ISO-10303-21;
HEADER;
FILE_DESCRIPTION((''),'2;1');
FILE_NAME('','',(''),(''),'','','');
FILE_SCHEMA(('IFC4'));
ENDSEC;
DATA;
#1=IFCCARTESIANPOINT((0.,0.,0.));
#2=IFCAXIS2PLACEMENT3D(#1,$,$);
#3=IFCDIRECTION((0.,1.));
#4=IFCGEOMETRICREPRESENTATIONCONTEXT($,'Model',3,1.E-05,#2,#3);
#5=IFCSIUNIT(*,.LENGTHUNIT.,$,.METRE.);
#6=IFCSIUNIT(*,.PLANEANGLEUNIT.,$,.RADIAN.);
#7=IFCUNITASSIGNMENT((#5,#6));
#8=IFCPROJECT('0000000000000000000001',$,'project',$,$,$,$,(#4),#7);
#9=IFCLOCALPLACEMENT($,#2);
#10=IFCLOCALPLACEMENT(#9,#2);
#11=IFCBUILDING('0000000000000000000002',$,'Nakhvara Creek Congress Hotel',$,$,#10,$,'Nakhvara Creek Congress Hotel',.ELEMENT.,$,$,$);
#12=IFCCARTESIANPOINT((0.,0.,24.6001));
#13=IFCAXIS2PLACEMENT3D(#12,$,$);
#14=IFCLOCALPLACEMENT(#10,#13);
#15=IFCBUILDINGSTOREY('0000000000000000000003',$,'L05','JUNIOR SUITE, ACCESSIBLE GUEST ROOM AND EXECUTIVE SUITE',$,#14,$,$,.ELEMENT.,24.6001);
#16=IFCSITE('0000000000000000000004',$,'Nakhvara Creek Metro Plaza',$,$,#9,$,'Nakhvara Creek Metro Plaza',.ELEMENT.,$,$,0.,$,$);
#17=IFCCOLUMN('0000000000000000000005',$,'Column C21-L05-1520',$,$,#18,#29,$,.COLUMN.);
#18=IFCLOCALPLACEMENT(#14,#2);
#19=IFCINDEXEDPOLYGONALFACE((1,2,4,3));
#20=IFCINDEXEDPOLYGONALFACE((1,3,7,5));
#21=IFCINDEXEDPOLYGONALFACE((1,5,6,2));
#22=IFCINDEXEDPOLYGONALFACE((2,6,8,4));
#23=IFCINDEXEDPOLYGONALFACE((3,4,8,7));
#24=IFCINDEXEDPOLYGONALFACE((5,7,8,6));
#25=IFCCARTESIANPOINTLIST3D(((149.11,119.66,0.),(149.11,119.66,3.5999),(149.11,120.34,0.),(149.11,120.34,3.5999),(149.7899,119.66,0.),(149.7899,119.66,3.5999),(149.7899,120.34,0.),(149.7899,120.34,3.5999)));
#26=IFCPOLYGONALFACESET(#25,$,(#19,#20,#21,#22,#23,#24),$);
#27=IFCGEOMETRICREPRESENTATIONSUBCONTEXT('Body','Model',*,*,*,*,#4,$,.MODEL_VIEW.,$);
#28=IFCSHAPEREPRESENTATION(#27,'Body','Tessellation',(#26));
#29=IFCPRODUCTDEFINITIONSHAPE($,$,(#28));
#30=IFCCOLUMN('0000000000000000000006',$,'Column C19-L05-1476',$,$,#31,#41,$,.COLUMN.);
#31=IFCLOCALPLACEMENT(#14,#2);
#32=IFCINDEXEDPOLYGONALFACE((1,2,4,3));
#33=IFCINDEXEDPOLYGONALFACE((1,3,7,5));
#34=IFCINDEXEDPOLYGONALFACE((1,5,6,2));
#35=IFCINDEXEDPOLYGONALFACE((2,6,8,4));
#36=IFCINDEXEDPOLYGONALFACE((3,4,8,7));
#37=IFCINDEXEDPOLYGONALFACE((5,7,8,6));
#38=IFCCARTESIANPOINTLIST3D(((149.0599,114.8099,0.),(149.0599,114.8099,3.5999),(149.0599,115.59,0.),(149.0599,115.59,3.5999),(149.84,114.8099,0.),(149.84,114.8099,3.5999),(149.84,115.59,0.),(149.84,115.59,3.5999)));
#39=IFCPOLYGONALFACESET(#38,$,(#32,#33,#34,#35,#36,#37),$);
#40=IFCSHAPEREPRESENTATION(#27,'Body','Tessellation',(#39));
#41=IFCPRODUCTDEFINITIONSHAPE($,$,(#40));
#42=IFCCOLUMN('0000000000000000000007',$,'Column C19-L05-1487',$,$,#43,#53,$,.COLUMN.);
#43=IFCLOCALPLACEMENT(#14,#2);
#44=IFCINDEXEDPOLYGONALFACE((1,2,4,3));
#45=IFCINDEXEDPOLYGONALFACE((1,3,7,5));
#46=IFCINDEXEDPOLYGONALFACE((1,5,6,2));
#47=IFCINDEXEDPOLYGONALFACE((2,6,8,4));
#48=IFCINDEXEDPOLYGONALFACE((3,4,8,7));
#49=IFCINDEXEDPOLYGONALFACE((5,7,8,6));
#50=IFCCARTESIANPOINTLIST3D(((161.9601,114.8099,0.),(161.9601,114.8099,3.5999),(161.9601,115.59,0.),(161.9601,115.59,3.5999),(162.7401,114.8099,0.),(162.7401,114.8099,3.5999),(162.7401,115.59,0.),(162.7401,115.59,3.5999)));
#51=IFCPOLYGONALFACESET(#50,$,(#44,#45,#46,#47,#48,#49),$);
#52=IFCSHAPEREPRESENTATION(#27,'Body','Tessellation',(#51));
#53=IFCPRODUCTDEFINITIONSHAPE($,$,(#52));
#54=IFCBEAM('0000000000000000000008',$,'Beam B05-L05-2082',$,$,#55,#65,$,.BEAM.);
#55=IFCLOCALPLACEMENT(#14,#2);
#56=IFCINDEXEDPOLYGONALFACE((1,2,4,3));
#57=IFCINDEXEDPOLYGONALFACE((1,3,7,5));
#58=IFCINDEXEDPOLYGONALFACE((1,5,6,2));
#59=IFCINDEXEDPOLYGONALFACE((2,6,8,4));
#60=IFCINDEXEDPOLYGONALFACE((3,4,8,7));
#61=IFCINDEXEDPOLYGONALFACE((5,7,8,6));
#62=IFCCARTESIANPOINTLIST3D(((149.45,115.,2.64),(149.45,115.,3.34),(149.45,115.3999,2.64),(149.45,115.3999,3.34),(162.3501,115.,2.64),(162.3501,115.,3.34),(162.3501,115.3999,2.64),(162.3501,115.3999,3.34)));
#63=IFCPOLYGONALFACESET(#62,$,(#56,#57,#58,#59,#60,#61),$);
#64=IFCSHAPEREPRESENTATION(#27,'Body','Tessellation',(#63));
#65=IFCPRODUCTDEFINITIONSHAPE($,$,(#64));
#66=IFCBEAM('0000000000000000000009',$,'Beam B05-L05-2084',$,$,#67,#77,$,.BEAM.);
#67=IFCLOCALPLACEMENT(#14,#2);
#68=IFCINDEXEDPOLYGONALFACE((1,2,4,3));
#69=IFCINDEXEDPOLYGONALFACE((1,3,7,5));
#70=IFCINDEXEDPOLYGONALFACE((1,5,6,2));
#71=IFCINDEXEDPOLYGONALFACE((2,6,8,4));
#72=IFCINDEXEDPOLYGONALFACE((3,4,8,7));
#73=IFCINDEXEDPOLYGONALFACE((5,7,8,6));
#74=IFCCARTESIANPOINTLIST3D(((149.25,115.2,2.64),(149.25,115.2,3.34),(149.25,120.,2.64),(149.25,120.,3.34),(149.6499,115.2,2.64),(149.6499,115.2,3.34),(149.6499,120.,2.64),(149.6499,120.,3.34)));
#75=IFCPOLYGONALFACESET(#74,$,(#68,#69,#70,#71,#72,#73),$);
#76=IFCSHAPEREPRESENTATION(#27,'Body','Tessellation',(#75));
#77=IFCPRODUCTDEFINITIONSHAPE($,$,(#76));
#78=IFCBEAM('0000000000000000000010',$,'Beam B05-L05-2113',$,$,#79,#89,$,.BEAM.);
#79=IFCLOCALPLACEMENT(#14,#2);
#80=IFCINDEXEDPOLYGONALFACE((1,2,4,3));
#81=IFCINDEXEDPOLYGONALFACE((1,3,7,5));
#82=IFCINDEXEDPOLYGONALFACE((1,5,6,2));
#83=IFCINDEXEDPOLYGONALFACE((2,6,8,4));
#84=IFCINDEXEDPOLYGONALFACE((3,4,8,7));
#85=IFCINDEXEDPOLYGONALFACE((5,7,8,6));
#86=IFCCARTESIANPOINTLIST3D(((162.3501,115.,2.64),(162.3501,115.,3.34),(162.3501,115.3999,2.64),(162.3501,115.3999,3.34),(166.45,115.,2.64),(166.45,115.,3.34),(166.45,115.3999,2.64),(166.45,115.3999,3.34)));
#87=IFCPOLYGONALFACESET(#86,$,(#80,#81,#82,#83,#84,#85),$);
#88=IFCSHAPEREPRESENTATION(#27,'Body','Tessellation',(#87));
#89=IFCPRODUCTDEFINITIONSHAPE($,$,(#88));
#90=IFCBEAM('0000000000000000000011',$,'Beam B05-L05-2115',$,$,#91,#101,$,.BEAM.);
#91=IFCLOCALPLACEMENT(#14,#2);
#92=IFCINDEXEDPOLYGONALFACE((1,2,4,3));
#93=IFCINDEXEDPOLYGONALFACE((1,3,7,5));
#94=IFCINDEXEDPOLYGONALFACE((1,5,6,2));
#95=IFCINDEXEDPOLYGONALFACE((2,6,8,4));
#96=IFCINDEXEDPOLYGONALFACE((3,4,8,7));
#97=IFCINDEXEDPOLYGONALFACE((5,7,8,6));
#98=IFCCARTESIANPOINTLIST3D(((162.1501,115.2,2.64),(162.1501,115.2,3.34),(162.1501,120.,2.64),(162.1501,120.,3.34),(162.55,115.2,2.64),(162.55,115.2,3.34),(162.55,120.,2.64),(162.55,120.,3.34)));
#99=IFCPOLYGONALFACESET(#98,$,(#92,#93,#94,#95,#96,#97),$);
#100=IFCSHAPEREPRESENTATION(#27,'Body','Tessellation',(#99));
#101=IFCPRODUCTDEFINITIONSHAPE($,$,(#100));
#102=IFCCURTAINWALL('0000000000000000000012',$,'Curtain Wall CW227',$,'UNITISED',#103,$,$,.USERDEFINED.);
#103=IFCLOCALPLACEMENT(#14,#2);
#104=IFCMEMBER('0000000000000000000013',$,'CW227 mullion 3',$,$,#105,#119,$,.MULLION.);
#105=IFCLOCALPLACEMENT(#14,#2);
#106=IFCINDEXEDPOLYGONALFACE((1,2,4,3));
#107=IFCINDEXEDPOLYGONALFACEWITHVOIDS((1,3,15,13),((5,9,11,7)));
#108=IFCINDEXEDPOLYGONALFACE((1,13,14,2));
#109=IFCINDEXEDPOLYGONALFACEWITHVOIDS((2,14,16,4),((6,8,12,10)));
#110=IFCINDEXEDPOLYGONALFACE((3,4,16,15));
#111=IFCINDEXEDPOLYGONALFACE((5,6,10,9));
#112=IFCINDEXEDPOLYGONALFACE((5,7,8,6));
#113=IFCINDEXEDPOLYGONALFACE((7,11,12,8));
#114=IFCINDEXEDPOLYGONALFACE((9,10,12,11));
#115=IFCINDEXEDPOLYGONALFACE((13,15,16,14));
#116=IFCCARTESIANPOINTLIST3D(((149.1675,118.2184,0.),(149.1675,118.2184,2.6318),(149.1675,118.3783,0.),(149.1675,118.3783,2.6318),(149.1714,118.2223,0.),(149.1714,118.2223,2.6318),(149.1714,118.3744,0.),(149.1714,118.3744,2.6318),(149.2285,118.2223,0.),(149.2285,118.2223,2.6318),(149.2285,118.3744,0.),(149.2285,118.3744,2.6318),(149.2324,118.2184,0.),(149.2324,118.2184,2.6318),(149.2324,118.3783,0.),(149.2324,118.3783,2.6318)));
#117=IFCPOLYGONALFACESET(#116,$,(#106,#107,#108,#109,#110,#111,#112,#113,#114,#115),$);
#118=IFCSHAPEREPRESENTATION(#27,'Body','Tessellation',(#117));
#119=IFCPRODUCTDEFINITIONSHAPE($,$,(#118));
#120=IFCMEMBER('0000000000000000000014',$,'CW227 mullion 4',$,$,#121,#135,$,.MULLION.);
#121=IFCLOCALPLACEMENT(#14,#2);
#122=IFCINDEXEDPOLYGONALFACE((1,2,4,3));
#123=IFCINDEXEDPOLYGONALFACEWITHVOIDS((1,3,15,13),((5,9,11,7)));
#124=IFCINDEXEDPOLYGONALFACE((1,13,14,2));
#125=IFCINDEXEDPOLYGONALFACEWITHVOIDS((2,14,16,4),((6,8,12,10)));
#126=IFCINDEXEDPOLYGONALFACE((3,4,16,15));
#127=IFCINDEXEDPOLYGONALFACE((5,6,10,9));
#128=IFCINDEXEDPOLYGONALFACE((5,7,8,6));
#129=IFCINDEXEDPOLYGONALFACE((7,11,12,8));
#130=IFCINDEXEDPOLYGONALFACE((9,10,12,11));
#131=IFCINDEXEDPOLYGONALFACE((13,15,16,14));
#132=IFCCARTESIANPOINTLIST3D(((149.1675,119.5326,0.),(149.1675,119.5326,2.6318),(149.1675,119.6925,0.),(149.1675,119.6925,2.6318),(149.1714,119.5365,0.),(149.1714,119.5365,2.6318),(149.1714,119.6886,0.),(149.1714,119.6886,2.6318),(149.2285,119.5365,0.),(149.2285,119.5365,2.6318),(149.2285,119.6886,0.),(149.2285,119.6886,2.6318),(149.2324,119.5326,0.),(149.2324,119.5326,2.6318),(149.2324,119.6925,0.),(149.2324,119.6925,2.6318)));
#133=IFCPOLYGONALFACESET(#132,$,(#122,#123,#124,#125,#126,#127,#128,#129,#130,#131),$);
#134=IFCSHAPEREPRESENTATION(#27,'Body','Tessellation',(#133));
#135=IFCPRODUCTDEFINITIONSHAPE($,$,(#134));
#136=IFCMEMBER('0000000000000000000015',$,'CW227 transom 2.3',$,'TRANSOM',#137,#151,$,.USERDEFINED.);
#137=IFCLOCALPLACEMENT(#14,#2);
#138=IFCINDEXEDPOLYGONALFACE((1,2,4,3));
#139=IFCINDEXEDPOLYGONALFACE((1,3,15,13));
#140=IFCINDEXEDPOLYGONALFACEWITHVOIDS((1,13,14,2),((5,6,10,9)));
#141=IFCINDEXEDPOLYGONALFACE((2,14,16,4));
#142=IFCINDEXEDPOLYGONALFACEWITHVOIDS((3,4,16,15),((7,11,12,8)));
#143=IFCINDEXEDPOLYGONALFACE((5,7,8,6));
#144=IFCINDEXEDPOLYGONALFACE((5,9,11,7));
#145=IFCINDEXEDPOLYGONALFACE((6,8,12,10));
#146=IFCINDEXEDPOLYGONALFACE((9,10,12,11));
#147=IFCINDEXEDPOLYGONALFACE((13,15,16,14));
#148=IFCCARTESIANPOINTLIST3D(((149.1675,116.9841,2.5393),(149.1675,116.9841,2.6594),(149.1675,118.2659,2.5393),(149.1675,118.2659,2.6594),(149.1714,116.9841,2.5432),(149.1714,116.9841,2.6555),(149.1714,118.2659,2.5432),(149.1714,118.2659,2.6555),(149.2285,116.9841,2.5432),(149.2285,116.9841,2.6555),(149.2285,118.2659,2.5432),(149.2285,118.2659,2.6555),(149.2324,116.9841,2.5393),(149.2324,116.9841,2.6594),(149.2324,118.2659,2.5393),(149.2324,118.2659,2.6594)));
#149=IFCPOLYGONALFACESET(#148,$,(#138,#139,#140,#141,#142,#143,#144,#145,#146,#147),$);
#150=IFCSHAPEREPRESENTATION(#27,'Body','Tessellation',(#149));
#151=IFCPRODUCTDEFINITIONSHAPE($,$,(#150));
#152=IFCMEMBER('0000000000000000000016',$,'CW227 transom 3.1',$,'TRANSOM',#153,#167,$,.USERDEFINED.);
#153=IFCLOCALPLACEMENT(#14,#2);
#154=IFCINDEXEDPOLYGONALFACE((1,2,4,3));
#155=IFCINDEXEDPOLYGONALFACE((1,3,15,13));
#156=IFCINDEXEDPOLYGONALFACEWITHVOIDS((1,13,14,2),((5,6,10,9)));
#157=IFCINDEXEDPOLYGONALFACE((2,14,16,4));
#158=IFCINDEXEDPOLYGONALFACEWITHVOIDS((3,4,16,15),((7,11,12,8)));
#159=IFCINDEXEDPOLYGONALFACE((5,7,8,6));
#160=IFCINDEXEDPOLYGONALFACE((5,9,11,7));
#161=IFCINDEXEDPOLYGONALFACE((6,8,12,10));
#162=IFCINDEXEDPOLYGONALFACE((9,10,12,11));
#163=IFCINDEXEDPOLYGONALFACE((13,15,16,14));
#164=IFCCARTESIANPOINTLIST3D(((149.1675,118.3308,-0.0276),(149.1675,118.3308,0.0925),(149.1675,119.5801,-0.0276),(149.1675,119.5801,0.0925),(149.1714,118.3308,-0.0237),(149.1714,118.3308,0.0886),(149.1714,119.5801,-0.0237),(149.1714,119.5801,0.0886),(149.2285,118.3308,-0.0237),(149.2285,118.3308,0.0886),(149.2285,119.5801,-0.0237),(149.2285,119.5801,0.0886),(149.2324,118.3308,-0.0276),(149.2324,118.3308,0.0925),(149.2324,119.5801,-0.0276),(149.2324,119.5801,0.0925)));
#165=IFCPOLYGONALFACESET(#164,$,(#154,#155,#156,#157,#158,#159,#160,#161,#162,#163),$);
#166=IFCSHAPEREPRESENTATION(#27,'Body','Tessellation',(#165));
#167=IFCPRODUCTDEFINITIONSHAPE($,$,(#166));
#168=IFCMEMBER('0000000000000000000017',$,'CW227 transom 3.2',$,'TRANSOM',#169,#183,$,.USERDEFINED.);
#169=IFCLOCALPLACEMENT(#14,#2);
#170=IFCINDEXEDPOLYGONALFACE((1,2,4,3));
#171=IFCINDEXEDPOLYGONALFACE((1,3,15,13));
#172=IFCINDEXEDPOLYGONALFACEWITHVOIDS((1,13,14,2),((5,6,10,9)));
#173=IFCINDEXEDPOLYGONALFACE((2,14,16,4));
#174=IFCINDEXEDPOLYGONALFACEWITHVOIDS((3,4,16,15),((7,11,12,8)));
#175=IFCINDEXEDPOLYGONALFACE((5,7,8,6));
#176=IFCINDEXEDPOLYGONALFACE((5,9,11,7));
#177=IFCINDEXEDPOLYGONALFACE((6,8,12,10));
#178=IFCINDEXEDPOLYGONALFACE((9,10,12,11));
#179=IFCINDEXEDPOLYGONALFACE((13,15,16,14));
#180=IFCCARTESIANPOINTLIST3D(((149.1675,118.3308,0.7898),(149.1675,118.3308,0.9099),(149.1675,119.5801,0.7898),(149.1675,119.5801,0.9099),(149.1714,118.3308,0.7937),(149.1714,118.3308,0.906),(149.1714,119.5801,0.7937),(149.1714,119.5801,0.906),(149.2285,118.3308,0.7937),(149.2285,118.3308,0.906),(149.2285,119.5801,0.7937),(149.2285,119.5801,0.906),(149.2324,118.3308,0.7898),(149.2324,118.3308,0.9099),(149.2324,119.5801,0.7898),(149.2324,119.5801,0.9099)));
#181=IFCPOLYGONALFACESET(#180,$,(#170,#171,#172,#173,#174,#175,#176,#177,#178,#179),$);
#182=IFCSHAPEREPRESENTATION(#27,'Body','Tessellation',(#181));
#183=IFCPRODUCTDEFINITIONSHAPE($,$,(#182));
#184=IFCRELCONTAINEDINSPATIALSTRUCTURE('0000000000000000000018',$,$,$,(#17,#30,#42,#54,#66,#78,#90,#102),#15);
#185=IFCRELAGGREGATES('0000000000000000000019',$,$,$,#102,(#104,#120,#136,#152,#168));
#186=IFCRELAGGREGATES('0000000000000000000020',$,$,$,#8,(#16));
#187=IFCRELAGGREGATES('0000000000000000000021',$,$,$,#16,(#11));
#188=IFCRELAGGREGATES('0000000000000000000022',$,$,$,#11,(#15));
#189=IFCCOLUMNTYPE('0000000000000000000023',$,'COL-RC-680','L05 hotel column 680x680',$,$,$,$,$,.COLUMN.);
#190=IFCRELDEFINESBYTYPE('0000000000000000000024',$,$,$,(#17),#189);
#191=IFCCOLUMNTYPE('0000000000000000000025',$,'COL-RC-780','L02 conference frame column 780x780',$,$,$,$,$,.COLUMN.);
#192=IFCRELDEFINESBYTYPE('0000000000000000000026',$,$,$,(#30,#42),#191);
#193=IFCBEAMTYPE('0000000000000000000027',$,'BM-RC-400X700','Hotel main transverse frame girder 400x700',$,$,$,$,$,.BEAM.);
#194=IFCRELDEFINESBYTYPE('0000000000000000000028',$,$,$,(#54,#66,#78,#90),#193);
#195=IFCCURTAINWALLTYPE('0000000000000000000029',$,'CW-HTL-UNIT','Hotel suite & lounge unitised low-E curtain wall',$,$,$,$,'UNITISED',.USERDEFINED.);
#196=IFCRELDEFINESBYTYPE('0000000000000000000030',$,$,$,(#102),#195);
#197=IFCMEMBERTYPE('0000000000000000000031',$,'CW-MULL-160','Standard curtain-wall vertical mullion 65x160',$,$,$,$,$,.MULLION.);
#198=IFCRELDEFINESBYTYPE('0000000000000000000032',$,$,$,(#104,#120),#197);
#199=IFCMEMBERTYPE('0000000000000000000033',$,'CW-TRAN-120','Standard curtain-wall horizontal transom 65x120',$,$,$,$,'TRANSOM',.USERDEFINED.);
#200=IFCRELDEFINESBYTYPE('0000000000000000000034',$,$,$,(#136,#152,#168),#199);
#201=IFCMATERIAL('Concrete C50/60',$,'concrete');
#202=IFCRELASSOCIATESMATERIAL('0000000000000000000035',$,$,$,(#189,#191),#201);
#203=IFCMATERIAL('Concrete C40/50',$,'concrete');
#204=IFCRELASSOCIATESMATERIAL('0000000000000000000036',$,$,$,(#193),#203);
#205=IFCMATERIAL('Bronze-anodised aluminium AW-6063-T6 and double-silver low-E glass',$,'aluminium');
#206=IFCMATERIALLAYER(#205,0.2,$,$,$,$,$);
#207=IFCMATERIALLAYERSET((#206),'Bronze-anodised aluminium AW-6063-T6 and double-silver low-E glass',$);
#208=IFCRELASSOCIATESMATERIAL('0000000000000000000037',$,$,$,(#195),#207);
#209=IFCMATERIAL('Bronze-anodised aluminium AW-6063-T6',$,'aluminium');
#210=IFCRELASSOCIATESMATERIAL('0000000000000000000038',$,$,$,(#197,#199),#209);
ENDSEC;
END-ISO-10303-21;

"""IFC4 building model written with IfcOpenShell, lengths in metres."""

from ifc_helpers import new_model, si_unit, direction, frame, origin, origin_2d, place, context, subcontext, project, spatial, rectangle, hollow_rectangle, extrude, material, layer, layer_set, material_profile, profile_set, type_object, element, aggregate, save


model = new_model("IFC4")

# Units and contexts
model_context = context("Model", 3, precision=1e-05, world=origin(), true_north=direction((0.0, 1.0)))
body_context = subcontext(model_context, "Body", "Model", "MODEL_VIEW")
ifc_project = project(units=[si_unit("LENGTHUNIT", "METRE"), si_unit("PLANEANGLEUNIT", "RADIAN")], contexts=[model_context])

# Site, building, storey
site_placement = place(None, origin())
site = spatial("IfcSite", under=ifc_project, at=site_placement, Name="Nakhvara Creek Metro Plaza", LongName="Nakhvara Creek Metro Plaza", CompositionType="ELEMENT", RefElevation=0.0)
building_placement = place(site_placement, origin())
building = spatial("IfcBuilding", under=site, at=building_placement, Name="Nakhvara Creek Congress Hotel", LongName="Nakhvara Creek Congress Hotel", CompositionType="ELEMENT")
storey_placement = place(building_placement, frame((0.0, 0.0, 24.6001)))
storey = spatial("IfcBuildingStorey", under=building, at=storey_placement, Name="L05", Description="JUNIOR SUITE, ACCESSIBLE GUEST ROOM AND EXECUTIVE SUITE", CompositionType="ELEMENT", Elevation=24.6001)

# Columns
ifc_material_1 = material(Name="Concrete C50/60", Category="concrete")
ifc_material_profile_1 = material_profile(ifc_material_1, rectangle(XDim=0.6799, YDim=0.6799, at=origin_2d()), Name="RC-COL 680x680", Category="LoadBearing")
ifc_profile_set_1 = profile_set([ifc_material_profile_1], Name="Concrete C50/60")
column_type_1 = type_object("IfcColumnType", Name="COL-RC-680", Description="L05 hotel column 680x680", PredefinedType="COLUMN", material=ifc_profile_set_1)
column_placement = place(storey_placement, frame((149.45, 120.0, 0.0), z_axis=(0.0, 0.0, 1.0), x_axis=(1.0, 0.0, 0.0)))
element("IfcColumn", 1, at=column_placement, inside=storey, type_object=column_type_1, Name="Column C21-L05-1520", PredefinedType="COLUMN", context=body_context, shape_type="SweptSolid", body=[
    extrude(rectangle(XDim=0.6799, YDim=0.6799, at=origin_2d()), origin(), (0.0, 0.0, 1.0), 3.5999),
])
ifc_material_profile_2 = material_profile(ifc_material_1, rectangle(XDim=0.78, YDim=0.78, at=origin_2d()), Name="RC-COL 780x780", Category="LoadBearing")
ifc_profile_set_2 = profile_set([ifc_material_profile_2], Name="Concrete C50/60")
column_type_2 = type_object("IfcColumnType", Name="COL-RC-780", Description="L02 conference frame column 780x780", PredefinedType="COLUMN", material=ifc_profile_set_2)
for number, where, z_axis, x_axis, name in (
    (2, (149.45, 115.2, 0.0), (0.0, 0.0, 1.0), (1.0, 0.0, 0.0), "Column C19-L05-1476"),
    (3, (162.3501, 115.2, 0.0), (0.0, 0.0, 1.0), (1.0, 0.0, 0.0), "Column C19-L05-1487"),
):
    element("IfcColumn", number, at=place(storey_placement, frame(where, z_axis=z_axis, x_axis=x_axis)), inside=storey, type_object=column_type_2, Name=name, PredefinedType="COLUMN", context=body_context, shape_type="SweptSolid", body=[
        extrude(rectangle(XDim=0.78, YDim=0.78, at=origin_2d()), origin(), (0.0, 0.0, 1.0), 3.5999),
    ])

# Beams
ifc_material_2 = material(Name="Concrete C40/50", Category="concrete")
ifc_material_profile_3 = material_profile(ifc_material_2, rectangle(XDim=0.3999, YDim=0.7, at=origin_2d()), Name="RC-BM 400x700", Category="LoadBearing")
ifc_profile_set_3 = profile_set([ifc_material_profile_3], Name="Concrete C40/50")
beam_type = type_object("IfcBeamType", Name="BM-RC-400X700", Description="Hotel main transverse frame girder 400x700", PredefinedType="BEAM", material=ifc_profile_set_3)
beam_1_placement = place(storey_placement, frame((149.45, 115.2, 2.99), z_axis=(1.0, 0.0, 0.0), x_axis=(0.0, 1.0, 0.0)))
element("IfcBeam", 4, at=beam_1_placement, inside=storey, type_object=beam_type, Name="Beam B05-L05-2082", PredefinedType="BEAM", context=body_context, shape_type="SweptSolid", body=[
    extrude(rectangle(XDim=0.3999, YDim=0.7, at=origin_2d()), origin(), (0.0, 0.0, 1.0), 12.9001),
])
beam_2_placement = place(storey_placement, frame((149.45, 115.2, 2.99), z_axis=(0.0, 1.0, 0.0), x_axis=(-1.0, 0.0, 0.0)))
element("IfcBeam", 5, at=beam_2_placement, inside=storey, type_object=beam_type, Name="Beam B05-L05-2084", PredefinedType="BEAM", context=body_context, shape_type="SweptSolid", body=[
    extrude(rectangle(XDim=0.3999, YDim=0.7, at=origin_2d()), origin(), (0.0, 0.0, 1.0), 4.8),
])
beam_3_placement = place(storey_placement, frame((162.3501, 115.2, 2.99), z_axis=(1.0, 0.0, 0.0), x_axis=(0.0, 1.0, 0.0)))
element("IfcBeam", 6, at=beam_3_placement, inside=storey, type_object=beam_type, Name="Beam B05-L05-2113", PredefinedType="BEAM", context=body_context, shape_type="SweptSolid", body=[
    extrude(rectangle(XDim=0.3999, YDim=0.7, at=origin_2d()), origin(), (0.0, 0.0, 1.0), 4.0999),
])
beam_4_placement = place(storey_placement, frame((162.3501, 115.2, 2.99), z_axis=(0.0, 1.0, 0.0), x_axis=(-1.0, 0.0, 0.0)))
element("IfcBeam", 7, at=beam_4_placement, inside=storey, type_object=beam_type, Name="Beam B05-L05-2115", PredefinedType="BEAM", context=body_context, shape_type="SweptSolid", body=[
    extrude(rectangle(XDim=0.3999, YDim=0.7, at=origin_2d()), origin(), (0.0, 0.0, 1.0), 4.8),
])

# Curtain wall, members
ifc_material_3 = material(Name="Bronze-anodised aluminium AW-6063-T6 and double-silver low-E glass", Category="aluminium")
ifc_layer_1 = layer(ifc_material_3, 0.2)
ifc_layer_set_1 = layer_set([ifc_layer_1], Name="Bronze-anodised aluminium AW-6063-T6 and double-silver low-E glass")
curtain_wall_type = type_object("IfcCurtainWallType", Name="CW-HTL-UNIT", Description="Hotel suite & lounge unitised low-E curtain wall", ElementType="UNITISED", PredefinedType="USERDEFINED", material=ifc_layer_set_1)
curtain_wall_placement = place(storey_placement, origin())
curtain_wall = element("IfcCurtainWall", 8, at=curtain_wall_placement, inside=storey, type_object=curtain_wall_type, Name="Curtain Wall CW227", ObjectType="UNITISED", PredefinedType="USERDEFINED")
ifc_material_4 = material(Name="Bronze-anodised aluminium AW-6063-T6", Category="aluminium")
ifc_material_profile_4 = material_profile(ifc_material_4, hollow_rectangle(XDim=0.0649, YDim=0.1599, WallThickness=0.0039, at=origin_2d()), Name="ALU-MULL 65x160x4", Category="LoadBearing")
ifc_profile_set_4 = profile_set([ifc_material_profile_4], Name="Bronze-anodised aluminium AW-6063-T6")
member_type_1 = type_object("IfcMemberType", Name="CW-MULL-160", Description="Standard curtain-wall vertical mullion 65x160", PredefinedType="MULLION", material=ifc_profile_set_4)
member_1_placement = place(storey_placement, frame((149.2, 118.2983, 0.0), z_axis=(0.0, 0.0, 1.0), x_axis=(-1.0, 0.0, 0.0)))
member_1 = element("IfcMember", 9, at=member_1_placement, type_object=member_type_1, Name="CW227 mullion 3", PredefinedType="MULLION", context=body_context, shape_type="SweptSolid", body=[
    extrude(hollow_rectangle(XDim=0.0649, YDim=0.1599, WallThickness=0.0039, at=origin_2d()), origin(), (0.0, 0.0, 1.0), 2.6318),
])
member_2_placement = place(storey_placement, frame((149.2, 119.6125, 0.0), z_axis=(0.0, 0.0, 1.0), x_axis=(-1.0, 0.0, 0.0)))
member_2 = element("IfcMember", 10, at=member_2_placement, type_object=member_type_1, Name="CW227 mullion 4", PredefinedType="MULLION", context=body_context, shape_type="SweptSolid", body=[
    extrude(hollow_rectangle(XDim=0.0649, YDim=0.1599, WallThickness=0.0039, at=origin_2d()), origin(), (0.0, 0.0, 1.0), 2.6318),
])
ifc_material_profile_5 = material_profile(ifc_material_4, hollow_rectangle(XDim=0.0649, YDim=0.1201, WallThickness=0.0039, at=origin_2d()), Name="ALU-TRAN 65x120x4", Category="LoadBearing")
ifc_profile_set_5 = profile_set([ifc_material_profile_5], Name="Bronze-anodised aluminium AW-6063-T6")
member_type_2 = type_object("IfcMemberType", Name="CW-TRAN-120", Description="Standard curtain-wall horizontal transom 65x120", ElementType="TRANSOM", PredefinedType="USERDEFINED", material=ifc_profile_set_5)
member_3_placement = place(storey_placement, frame((149.2, 116.9841, 2.5994), z_axis=(0.0, 1.0, 0.0), x_axis=(-1.0, 0.0, 0.0)))
member_3 = element("IfcMember", 11, at=member_3_placement, type_object=member_type_2, Name="CW227 transom 2.3", ObjectType="TRANSOM", PredefinedType="USERDEFINED", context=body_context, shape_type="SweptSolid", body=[
    extrude(hollow_rectangle(XDim=0.0649, YDim=0.1201, WallThickness=0.0039, at=origin_2d()), origin(), (0.0, 0.0, 1.0), 1.2817),
])
member_4_placement = place(storey_placement, frame((149.2, 118.3308, 0.0325), z_axis=(0.0, 1.0, 0.0), x_axis=(-1.0, 0.0, 0.0)))
member_4 = element("IfcMember", 12, at=member_4_placement, type_object=member_type_2, Name="CW227 transom 3.1", ObjectType="TRANSOM", PredefinedType="USERDEFINED", context=body_context, shape_type="SweptSolid", body=[
    extrude(hollow_rectangle(XDim=0.0649, YDim=0.1201, WallThickness=0.0039, at=origin_2d()), origin(), (0.0, 0.0, 1.0), 1.2493),
])
member_5_placement = place(storey_placement, frame((149.2, 118.3308, 0.8499), z_axis=(0.0, 1.0, 0.0), x_axis=(-1.0, 0.0, 0.0)))
member_5 = element("IfcMember", 13, at=member_5_placement, type_object=member_type_2, Name="CW227 transom 3.2", ObjectType="TRANSOM", PredefinedType="USERDEFINED", context=body_context, shape_type="SweptSolid", body=[
    extrude(hollow_rectangle(XDim=0.0649, YDim=0.1201, WallThickness=0.0039, at=origin_2d()), origin(), (0.0, 0.0, 1.0), 1.2493),
])
aggregate(curtain_wall, [member_1, member_2, member_3, member_4, member_5])

save(model, "model.ifc")
